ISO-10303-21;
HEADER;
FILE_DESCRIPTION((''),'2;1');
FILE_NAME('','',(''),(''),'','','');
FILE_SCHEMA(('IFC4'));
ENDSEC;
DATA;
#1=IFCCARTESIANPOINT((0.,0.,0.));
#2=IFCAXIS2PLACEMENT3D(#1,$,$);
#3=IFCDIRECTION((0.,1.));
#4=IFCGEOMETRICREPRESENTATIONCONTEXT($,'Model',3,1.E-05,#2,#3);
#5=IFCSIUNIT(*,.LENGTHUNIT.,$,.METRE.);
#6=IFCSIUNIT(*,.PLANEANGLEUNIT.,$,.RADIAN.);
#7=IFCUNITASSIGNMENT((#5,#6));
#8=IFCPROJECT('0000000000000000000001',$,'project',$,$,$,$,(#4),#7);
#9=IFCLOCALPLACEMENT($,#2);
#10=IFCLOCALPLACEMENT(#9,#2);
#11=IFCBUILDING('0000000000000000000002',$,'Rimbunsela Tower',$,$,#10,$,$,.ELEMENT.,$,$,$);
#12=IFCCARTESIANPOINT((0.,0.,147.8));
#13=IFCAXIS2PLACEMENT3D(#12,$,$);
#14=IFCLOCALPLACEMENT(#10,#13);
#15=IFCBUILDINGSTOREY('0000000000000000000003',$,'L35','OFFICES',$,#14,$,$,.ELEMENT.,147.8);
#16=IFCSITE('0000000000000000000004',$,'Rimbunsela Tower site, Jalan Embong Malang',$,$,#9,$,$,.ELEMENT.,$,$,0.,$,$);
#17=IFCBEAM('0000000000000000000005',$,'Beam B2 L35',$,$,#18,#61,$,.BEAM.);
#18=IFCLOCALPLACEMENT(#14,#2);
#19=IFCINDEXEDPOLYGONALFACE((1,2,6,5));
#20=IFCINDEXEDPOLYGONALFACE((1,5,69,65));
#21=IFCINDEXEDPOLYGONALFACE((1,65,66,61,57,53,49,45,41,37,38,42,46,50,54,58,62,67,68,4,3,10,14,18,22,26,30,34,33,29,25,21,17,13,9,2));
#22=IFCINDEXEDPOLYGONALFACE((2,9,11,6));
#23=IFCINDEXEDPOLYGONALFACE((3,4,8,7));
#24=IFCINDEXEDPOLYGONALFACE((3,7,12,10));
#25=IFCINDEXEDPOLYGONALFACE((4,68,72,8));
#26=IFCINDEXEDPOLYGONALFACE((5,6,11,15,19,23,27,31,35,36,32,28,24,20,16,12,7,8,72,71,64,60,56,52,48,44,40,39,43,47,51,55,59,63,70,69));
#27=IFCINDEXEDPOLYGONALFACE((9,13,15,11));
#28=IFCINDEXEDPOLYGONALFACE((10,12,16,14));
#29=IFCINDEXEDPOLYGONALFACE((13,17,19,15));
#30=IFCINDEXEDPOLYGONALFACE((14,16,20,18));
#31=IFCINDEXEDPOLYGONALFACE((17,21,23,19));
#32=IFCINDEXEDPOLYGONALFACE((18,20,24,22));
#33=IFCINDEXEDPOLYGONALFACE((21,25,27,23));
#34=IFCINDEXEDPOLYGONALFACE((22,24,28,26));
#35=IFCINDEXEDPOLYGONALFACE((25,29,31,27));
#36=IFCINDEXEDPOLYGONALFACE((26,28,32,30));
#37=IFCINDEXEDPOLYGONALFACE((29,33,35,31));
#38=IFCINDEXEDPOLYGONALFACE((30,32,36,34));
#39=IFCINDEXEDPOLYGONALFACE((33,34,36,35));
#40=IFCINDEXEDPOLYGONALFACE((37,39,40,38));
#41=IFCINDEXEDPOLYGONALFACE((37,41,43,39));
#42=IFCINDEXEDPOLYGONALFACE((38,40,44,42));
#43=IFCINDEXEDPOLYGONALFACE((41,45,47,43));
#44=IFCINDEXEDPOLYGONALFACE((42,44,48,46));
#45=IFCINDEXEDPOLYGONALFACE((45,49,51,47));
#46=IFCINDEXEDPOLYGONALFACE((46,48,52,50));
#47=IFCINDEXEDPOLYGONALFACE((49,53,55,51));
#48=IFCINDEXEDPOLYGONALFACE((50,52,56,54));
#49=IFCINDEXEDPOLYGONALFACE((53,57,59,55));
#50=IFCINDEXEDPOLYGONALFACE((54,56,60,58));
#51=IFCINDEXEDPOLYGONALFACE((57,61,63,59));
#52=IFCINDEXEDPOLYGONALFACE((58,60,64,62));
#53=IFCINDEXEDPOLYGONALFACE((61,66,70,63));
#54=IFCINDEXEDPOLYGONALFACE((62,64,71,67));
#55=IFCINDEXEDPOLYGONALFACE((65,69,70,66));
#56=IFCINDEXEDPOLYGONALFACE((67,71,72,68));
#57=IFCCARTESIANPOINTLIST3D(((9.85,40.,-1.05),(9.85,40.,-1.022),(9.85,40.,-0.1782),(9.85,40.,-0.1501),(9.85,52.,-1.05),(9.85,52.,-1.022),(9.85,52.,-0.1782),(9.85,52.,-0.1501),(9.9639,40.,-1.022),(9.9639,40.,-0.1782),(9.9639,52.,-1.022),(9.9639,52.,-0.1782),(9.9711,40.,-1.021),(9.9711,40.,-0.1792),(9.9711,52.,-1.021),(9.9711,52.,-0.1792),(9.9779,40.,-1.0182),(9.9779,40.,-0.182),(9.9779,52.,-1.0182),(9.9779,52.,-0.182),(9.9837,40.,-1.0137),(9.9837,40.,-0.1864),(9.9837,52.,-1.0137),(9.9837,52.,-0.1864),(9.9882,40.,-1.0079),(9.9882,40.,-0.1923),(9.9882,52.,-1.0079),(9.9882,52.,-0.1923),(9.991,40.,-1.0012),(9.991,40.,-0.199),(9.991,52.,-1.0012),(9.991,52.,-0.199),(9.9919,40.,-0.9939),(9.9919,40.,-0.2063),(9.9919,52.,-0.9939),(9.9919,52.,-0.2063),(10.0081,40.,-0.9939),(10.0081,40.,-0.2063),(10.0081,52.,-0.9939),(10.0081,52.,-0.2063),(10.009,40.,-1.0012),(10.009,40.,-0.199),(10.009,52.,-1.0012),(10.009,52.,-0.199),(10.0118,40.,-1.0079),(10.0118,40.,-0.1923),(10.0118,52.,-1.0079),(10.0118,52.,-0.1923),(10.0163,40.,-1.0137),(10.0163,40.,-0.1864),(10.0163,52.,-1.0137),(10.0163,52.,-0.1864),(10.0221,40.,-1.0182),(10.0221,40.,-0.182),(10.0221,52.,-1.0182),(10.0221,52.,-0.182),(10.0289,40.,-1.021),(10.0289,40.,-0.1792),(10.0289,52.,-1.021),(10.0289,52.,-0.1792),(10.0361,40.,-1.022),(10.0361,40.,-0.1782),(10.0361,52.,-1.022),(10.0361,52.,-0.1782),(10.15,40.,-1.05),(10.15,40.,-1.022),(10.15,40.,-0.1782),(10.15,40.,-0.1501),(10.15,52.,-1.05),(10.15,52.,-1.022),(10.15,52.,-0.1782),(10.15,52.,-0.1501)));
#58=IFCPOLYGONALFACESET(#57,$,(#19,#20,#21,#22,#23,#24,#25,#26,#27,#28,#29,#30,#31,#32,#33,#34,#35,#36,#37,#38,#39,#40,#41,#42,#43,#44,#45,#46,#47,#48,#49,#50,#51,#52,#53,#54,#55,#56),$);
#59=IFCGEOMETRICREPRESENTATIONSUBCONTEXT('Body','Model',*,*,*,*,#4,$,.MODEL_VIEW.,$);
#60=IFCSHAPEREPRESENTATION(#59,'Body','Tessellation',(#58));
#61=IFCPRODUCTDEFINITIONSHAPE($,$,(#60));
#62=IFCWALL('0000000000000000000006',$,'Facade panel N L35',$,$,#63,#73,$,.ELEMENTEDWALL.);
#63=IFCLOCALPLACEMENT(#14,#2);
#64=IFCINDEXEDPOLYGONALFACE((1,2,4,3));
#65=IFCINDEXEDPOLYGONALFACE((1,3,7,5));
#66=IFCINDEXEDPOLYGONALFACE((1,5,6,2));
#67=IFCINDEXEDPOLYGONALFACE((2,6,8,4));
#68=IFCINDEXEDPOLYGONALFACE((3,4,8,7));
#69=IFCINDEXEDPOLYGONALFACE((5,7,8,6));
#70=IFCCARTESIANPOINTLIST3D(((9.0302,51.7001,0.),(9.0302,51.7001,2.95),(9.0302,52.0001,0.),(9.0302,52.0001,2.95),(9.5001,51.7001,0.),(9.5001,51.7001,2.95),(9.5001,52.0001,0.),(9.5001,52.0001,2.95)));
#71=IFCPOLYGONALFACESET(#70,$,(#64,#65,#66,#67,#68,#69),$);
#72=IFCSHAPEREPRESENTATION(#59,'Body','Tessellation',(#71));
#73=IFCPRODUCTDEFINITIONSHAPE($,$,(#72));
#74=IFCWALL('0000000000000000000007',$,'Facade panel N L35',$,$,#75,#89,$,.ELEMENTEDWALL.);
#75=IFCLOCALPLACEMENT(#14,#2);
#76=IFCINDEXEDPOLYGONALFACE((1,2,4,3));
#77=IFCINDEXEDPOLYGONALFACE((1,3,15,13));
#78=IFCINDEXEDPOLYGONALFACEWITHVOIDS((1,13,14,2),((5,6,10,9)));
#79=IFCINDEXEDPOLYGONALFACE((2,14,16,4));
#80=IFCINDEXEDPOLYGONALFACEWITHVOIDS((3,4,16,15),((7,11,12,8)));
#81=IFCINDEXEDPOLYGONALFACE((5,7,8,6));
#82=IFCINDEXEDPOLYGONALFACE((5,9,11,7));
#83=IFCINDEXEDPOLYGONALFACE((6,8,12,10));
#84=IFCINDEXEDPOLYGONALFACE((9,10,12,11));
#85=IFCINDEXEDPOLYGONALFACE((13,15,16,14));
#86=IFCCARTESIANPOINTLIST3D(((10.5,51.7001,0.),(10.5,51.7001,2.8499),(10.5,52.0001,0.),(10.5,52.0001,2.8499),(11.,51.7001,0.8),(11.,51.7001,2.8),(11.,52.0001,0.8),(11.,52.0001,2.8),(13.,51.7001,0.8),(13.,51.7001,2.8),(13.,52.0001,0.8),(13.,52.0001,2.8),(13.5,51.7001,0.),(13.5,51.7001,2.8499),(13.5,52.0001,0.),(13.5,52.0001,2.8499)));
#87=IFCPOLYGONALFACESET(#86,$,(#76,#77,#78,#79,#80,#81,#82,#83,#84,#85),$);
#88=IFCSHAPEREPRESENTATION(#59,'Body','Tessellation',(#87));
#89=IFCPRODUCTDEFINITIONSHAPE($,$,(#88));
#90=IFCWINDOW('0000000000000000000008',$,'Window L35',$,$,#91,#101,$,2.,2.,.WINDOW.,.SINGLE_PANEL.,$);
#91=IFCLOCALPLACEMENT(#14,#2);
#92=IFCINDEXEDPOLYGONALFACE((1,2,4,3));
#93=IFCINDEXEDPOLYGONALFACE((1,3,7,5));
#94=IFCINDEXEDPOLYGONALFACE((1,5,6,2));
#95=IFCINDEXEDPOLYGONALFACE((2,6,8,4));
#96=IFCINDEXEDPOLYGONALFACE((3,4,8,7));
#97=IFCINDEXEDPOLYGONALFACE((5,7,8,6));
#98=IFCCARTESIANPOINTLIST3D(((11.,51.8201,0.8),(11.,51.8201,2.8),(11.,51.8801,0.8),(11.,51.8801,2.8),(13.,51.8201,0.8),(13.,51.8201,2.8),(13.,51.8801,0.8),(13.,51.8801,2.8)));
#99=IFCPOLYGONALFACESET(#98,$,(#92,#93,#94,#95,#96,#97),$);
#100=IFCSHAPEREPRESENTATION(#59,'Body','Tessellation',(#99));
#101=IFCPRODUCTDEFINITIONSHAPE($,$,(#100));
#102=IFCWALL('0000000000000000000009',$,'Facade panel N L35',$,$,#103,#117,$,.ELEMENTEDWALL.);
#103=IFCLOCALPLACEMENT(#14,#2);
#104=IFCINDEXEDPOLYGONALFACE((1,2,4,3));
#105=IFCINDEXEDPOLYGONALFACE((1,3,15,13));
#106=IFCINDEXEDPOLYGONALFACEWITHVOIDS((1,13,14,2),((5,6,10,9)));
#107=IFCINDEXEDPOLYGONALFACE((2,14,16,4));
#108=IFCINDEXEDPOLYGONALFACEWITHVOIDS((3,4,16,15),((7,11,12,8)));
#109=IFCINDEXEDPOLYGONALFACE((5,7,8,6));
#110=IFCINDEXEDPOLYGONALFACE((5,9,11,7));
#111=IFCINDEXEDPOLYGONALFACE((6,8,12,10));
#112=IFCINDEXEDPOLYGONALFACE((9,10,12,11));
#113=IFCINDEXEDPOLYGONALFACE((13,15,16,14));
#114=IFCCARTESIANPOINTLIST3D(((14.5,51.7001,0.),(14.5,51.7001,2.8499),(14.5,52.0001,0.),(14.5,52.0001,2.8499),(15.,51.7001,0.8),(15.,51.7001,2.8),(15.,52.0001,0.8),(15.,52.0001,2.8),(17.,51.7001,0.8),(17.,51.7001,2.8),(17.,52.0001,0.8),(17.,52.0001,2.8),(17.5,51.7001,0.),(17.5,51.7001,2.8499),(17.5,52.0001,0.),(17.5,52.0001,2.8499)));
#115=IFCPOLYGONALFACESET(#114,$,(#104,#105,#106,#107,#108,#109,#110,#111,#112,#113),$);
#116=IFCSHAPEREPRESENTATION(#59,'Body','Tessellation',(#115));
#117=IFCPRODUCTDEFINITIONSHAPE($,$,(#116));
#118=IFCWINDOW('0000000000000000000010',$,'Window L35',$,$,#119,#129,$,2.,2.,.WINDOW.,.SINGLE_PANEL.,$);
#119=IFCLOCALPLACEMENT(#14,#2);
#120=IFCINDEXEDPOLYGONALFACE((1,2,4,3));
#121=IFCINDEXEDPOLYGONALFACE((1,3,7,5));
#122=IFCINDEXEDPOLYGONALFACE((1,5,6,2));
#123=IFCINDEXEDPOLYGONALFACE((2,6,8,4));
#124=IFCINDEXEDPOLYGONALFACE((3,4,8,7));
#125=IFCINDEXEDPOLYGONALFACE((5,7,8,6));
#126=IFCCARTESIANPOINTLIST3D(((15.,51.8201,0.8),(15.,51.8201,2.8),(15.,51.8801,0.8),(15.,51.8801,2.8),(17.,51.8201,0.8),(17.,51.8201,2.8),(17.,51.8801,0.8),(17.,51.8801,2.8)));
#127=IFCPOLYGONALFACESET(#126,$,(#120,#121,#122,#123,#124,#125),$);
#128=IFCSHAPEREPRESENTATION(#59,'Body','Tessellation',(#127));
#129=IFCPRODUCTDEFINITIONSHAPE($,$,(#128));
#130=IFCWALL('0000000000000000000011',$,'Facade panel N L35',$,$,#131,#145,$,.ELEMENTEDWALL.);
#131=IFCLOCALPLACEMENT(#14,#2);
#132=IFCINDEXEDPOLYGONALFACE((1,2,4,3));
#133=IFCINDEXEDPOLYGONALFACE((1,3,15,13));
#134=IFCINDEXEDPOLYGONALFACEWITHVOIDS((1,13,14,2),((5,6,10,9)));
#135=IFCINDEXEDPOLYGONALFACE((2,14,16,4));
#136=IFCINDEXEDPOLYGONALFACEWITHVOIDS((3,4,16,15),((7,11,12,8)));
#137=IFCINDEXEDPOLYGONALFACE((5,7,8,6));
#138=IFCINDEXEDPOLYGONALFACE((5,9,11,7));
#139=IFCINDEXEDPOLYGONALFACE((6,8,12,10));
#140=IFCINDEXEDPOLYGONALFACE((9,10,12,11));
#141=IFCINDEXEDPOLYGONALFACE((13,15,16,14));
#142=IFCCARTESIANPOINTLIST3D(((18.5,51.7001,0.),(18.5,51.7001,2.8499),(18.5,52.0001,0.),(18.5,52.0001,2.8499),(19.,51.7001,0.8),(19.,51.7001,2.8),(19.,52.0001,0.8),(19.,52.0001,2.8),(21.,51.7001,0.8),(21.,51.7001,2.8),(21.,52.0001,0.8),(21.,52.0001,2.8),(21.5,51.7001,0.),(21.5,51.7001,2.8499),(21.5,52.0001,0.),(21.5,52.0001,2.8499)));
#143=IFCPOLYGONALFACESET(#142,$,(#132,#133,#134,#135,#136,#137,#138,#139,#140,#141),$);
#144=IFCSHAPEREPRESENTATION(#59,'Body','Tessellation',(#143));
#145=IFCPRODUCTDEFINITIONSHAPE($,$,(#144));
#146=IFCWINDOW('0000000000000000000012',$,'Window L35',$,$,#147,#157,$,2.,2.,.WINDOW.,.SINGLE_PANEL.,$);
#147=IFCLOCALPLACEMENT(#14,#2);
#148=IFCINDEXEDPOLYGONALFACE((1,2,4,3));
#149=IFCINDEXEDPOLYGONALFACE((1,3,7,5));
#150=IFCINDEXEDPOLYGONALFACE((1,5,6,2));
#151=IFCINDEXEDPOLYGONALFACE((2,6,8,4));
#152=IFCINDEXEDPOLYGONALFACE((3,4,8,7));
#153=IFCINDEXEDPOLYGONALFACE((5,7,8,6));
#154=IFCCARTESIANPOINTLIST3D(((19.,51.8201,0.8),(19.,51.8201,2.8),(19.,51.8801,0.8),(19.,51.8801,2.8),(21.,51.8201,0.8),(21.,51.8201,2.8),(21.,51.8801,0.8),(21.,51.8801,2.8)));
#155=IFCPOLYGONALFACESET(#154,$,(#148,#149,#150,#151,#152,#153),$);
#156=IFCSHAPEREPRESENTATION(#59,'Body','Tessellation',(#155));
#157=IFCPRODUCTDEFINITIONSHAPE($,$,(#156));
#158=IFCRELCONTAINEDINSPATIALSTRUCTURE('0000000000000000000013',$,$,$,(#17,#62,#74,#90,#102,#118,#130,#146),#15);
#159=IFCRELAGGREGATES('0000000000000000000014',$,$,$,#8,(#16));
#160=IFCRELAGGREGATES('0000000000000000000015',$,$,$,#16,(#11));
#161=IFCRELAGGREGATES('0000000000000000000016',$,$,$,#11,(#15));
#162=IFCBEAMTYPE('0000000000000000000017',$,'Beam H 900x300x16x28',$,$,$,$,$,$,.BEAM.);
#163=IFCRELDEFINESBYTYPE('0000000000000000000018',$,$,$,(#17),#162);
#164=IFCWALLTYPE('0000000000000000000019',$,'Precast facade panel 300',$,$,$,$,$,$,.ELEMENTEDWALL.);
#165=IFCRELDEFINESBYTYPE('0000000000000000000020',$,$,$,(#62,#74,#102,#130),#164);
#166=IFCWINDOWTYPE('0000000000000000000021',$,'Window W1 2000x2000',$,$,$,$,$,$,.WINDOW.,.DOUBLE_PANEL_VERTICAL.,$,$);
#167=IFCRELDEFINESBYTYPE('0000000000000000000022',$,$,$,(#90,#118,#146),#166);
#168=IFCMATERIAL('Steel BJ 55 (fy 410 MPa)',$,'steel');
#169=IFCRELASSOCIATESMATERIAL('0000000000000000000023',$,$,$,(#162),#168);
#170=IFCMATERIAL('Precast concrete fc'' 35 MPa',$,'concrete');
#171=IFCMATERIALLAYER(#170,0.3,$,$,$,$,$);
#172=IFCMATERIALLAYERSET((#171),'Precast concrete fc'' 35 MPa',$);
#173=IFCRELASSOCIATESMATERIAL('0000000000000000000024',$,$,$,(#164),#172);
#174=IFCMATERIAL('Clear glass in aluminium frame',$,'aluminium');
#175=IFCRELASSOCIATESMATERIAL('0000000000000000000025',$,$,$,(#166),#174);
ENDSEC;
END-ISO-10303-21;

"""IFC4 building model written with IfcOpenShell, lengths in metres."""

from ifc_helpers import new_model, si_unit, direction, frame, frame_2d, origin, origin_2d, place, context, subcontext, project, spatial, rectangle, i_section, extrude, material, layer, layer_set, material_profile, profile_set, type_object, element, fill, save


model = new_model("IFC4")

# Units and contexts
model_context = context("Model", 3, precision=1e-05, world=origin(), true_north=direction((0.0, 1.0)))
body_context = subcontext(model_context, "Body", "Model", "MODEL_VIEW")
ifc_project = project(units=[si_unit("LENGTHUNIT", "METRE"), si_unit("PLANEANGLEUNIT", "RADIAN")], contexts=[model_context])

# Site, building, storey
site_placement = place(None, origin())
site = spatial("IfcSite", under=ifc_project, at=site_placement, Name="Rimbunsela Tower site, Jalan Embong Malang", CompositionType="ELEMENT", RefElevation=0.0)
building_placement = place(site_placement, origin())
building = spatial("IfcBuilding", under=site, at=building_placement, Name="Rimbunsela Tower", CompositionType="ELEMENT")
storey_placement = place(building_placement, frame((0.0, 0.0, 147.8)))
storey = spatial("IfcBuildingStorey", under=building, at=storey_placement, Name="L35", Description="OFFICES", CompositionType="ELEMENT", Elevation=147.8)

# Beam
ifc_material_1 = material(Name="Steel BJ 55 (fy 410 MPa)", Category="steel")
ifc_material_profile_1 = material_profile(ifc_material_1, i_section(OverallWidth=0.3, OverallDepth=0.8999, WebThickness=0.0161, FlangeThickness=0.0281, FilletRadius=0.0281, at=origin_2d()), Name="H 900x300x16x28")
ifc_profile_set_1 = profile_set([ifc_material_profile_1], Name="Steel BJ 55 (fy 410 MPa)")
beam_type_1 = type_object("IfcBeamType", Name="Beam H 900x300x16x28", PredefinedType="BEAM", material=ifc_profile_set_1)
beam_1_placement = place(storey_placement, frame((10.0, 40.0, -0.6001), z_axis=(0.0, 1.0, 0.0), x_axis=(-1.0, 0.0, 0.0)))
element("IfcBeam", 1, at=beam_1_placement, inside=storey, type_object=beam_type_1, Name="Beam B2 L35", PredefinedType="BEAM", context=body_context, shape_type="SweptSolid", body=[
    extrude(i_section(OverallWidth=0.3, OverallDepth=0.8999, WebThickness=0.0161, FlangeThickness=0.0281, FilletRadius=0.0281, at=origin_2d()), origin(), (0.0, 0.0, 1.0), 12.0),
])

# Wall
ifc_material_2 = material(Name="Precast concrete fc' 35 MPa", Category="concrete")
ifc_layer_1 = layer(ifc_material_2, 0.3)
ifc_layer_set_1 = layer_set([ifc_layer_1], Name="Precast concrete fc' 35 MPa")
wall_type_1 = type_object("IfcWallType", Name="Precast facade panel 300", PredefinedType="ELEMENTEDWALL", material=ifc_layer_set_1)
wall_1_placement = place(storey_placement, frame((9.5, 51.8501, 0.0), z_axis=(0.0, 0.0, 1.0), x_axis=(-1.0, 0.0, 0.0)))
element("IfcWall", 2, at=wall_1_placement, inside=storey, type_object=wall_type_1, Name="Facade panel N L35", PredefinedType="ELEMENTEDWALL", context=body_context, shape_type="SweptSolid", body=[
    extrude(rectangle(XDim=0.47, YDim=0.3, at=frame_2d((0.2349, 0.0))), origin(), (0.0, 0.0, 1.0), 2.95),
])

# Walls, openings, windows
wall_2_placement = place(storey_placement, frame((13.5, 51.8501, 0.0), z_axis=(0.0, 0.0, 1.0), x_axis=(-1.0, 0.0, 0.0)))
wall_2 = element("IfcWall", 3, at=wall_2_placement, inside=storey, type_object=wall_type_1, Name="Facade panel N L35", PredefinedType="ELEMENTEDWALL", context=body_context, shape_type="SweptSolid", body=[
    extrude(rectangle(XDim=3.0, YDim=0.3, at=frame_2d((1.5, 0.0))), origin(), (0.0, 0.0, 1.0), 2.8499),
])
opening_1_placement = place(wall_2_placement, frame((0.5, 0.0, 0.8)))
opening_1 = element("IfcOpeningElement", 4, at=opening_1_placement, cuts=wall_2, PredefinedType="OPENING", context=body_context, shape_type="SweptSolid", body=[
    extrude(rectangle(XDim=2.0, YDim=2.0, at=frame_2d((1.0, 1.0))), frame((0.0, 0.1599, 0.0), z_axis=(0.0, -1.0, 0.0), x_axis=(1.0, 0.0, 0.0)), (0.0, 0.0, 1.0), 0.3201),
])
ifc_material_3 = material(Name="Clear glass in aluminium frame", Category="aluminium")
window_type = type_object("IfcWindowType", Name="Window W1 2000x2000", PartitioningType="DOUBLE_PANEL_VERTICAL", PredefinedType="WINDOW", material=ifc_material_3)
window_1_placement = place(opening_1_placement, origin())
window_1 = element("IfcWindow", 5, at=window_1_placement, inside=storey, type_object=window_type, Name="Window L35", OverallHeight=2.0, OverallWidth=2.0, PartitioningType="SINGLE_PANEL", PredefinedType="WINDOW", context=body_context, shape_type="SweptSolid", body=[
    extrude(rectangle(XDim=2.0, YDim=2.0, at=frame_2d((1.0, 1.0))), frame((0.0, 0.03, 0.0), z_axis=(0.0, -1.0, 0.0), x_axis=(1.0, 0.0, 0.0)), (0.0, 0.0, 1.0), 0.0601),
])
fill(opening_1, window_1)
wall_3_placement = place(storey_placement, frame((17.5, 51.8501, 0.0), z_axis=(0.0, 0.0, 1.0), x_axis=(-1.0, 0.0, 0.0)))
wall_3 = element("IfcWall", 6, at=wall_3_placement, inside=storey, type_object=wall_type_1, Name="Facade panel N L35", PredefinedType="ELEMENTEDWALL", context=body_context, shape_type="SweptSolid", body=[
    extrude(rectangle(XDim=3.0, YDim=0.3, at=frame_2d((1.5, 0.0))), origin(), (0.0, 0.0, 1.0), 2.8499),
])
opening_2_placement = place(wall_3_placement, frame((0.5, 0.0, 0.8)))
opening_2 = element("IfcOpeningElement", 7, at=opening_2_placement, cuts=wall_3, PredefinedType="OPENING", context=body_context, shape_type="SweptSolid", body=[
    extrude(rectangle(XDim=2.0, YDim=2.0, at=frame_2d((1.0, 1.0))), frame((0.0, 0.1599, 0.0), z_axis=(0.0, -1.0, 0.0), x_axis=(1.0, 0.0, 0.0)), (0.0, 0.0, 1.0), 0.3201),
])
window_2_placement = place(opening_2_placement, origin())
window_2 = element("IfcWindow", 8, at=window_2_placement, inside=storey, type_object=window_type, Name="Window L35", OverallHeight=2.0, OverallWidth=2.0, PartitioningType="SINGLE_PANEL", PredefinedType="WINDOW", context=body_context, shape_type="SweptSolid", body=[
    extrude(rectangle(XDim=2.0, YDim=2.0, at=frame_2d((1.0, 1.0))), frame((0.0, 0.03, 0.0), z_axis=(0.0, -1.0, 0.0), x_axis=(1.0, 0.0, 0.0)), (0.0, 0.0, 1.0), 0.0601),
])
fill(opening_2, window_2)
wall_4_placement = place(storey_placement, frame((21.5, 51.8501, 0.0), z_axis=(0.0, 0.0, 1.0), x_axis=(-1.0, 0.0, 0.0)))
wall_4 = element("IfcWall", 9, at=wall_4_placement, inside=storey, type_object=wall_type_1, Name="Facade panel N L35", PredefinedType="ELEMENTEDWALL", context=body_context, shape_type="SweptSolid", body=[
    extrude(rectangle(XDim=3.0, YDim=0.3, at=frame_2d((1.5, 0.0))), origin(), (0.0, 0.0, 1.0), 2.8499),
])
opening_3_placement = place(wall_4_placement, frame((0.5, 0.0, 0.8)))
opening_3 = element("IfcOpeningElement", 10, at=opening_3_placement, cuts=wall_4, PredefinedType="OPENING", context=body_context, shape_type="SweptSolid", body=[
    extrude(rectangle(XDim=2.0, YDim=2.0, at=frame_2d((1.0, 1.0))), frame((0.0, 0.1599, 0.0), z_axis=(0.0, -1.0, 0.0), x_axis=(1.0, 0.0, 0.0)), (0.0, 0.0, 1.0), 0.3201),
])
window_3_placement = place(opening_3_placement, origin())
window_3 = element("IfcWindow", 11, at=window_3_placement, inside=storey, type_object=window_type, Name="Window L35", OverallHeight=2.0, OverallWidth=2.0, PartitioningType="SINGLE_PANEL", PredefinedType="WINDOW", context=body_context, shape_type="SweptSolid", body=[
    extrude(rectangle(XDim=2.0, YDim=2.0, at=frame_2d((1.0, 1.0))), frame((0.0, 0.03, 0.0), z_axis=(0.0, -1.0, 0.0), x_axis=(1.0, 0.0, 0.0)), (0.0, 0.0, 1.0), 0.0601),
])
fill(opening_3, window_3)

save(model, "model.ifc")
